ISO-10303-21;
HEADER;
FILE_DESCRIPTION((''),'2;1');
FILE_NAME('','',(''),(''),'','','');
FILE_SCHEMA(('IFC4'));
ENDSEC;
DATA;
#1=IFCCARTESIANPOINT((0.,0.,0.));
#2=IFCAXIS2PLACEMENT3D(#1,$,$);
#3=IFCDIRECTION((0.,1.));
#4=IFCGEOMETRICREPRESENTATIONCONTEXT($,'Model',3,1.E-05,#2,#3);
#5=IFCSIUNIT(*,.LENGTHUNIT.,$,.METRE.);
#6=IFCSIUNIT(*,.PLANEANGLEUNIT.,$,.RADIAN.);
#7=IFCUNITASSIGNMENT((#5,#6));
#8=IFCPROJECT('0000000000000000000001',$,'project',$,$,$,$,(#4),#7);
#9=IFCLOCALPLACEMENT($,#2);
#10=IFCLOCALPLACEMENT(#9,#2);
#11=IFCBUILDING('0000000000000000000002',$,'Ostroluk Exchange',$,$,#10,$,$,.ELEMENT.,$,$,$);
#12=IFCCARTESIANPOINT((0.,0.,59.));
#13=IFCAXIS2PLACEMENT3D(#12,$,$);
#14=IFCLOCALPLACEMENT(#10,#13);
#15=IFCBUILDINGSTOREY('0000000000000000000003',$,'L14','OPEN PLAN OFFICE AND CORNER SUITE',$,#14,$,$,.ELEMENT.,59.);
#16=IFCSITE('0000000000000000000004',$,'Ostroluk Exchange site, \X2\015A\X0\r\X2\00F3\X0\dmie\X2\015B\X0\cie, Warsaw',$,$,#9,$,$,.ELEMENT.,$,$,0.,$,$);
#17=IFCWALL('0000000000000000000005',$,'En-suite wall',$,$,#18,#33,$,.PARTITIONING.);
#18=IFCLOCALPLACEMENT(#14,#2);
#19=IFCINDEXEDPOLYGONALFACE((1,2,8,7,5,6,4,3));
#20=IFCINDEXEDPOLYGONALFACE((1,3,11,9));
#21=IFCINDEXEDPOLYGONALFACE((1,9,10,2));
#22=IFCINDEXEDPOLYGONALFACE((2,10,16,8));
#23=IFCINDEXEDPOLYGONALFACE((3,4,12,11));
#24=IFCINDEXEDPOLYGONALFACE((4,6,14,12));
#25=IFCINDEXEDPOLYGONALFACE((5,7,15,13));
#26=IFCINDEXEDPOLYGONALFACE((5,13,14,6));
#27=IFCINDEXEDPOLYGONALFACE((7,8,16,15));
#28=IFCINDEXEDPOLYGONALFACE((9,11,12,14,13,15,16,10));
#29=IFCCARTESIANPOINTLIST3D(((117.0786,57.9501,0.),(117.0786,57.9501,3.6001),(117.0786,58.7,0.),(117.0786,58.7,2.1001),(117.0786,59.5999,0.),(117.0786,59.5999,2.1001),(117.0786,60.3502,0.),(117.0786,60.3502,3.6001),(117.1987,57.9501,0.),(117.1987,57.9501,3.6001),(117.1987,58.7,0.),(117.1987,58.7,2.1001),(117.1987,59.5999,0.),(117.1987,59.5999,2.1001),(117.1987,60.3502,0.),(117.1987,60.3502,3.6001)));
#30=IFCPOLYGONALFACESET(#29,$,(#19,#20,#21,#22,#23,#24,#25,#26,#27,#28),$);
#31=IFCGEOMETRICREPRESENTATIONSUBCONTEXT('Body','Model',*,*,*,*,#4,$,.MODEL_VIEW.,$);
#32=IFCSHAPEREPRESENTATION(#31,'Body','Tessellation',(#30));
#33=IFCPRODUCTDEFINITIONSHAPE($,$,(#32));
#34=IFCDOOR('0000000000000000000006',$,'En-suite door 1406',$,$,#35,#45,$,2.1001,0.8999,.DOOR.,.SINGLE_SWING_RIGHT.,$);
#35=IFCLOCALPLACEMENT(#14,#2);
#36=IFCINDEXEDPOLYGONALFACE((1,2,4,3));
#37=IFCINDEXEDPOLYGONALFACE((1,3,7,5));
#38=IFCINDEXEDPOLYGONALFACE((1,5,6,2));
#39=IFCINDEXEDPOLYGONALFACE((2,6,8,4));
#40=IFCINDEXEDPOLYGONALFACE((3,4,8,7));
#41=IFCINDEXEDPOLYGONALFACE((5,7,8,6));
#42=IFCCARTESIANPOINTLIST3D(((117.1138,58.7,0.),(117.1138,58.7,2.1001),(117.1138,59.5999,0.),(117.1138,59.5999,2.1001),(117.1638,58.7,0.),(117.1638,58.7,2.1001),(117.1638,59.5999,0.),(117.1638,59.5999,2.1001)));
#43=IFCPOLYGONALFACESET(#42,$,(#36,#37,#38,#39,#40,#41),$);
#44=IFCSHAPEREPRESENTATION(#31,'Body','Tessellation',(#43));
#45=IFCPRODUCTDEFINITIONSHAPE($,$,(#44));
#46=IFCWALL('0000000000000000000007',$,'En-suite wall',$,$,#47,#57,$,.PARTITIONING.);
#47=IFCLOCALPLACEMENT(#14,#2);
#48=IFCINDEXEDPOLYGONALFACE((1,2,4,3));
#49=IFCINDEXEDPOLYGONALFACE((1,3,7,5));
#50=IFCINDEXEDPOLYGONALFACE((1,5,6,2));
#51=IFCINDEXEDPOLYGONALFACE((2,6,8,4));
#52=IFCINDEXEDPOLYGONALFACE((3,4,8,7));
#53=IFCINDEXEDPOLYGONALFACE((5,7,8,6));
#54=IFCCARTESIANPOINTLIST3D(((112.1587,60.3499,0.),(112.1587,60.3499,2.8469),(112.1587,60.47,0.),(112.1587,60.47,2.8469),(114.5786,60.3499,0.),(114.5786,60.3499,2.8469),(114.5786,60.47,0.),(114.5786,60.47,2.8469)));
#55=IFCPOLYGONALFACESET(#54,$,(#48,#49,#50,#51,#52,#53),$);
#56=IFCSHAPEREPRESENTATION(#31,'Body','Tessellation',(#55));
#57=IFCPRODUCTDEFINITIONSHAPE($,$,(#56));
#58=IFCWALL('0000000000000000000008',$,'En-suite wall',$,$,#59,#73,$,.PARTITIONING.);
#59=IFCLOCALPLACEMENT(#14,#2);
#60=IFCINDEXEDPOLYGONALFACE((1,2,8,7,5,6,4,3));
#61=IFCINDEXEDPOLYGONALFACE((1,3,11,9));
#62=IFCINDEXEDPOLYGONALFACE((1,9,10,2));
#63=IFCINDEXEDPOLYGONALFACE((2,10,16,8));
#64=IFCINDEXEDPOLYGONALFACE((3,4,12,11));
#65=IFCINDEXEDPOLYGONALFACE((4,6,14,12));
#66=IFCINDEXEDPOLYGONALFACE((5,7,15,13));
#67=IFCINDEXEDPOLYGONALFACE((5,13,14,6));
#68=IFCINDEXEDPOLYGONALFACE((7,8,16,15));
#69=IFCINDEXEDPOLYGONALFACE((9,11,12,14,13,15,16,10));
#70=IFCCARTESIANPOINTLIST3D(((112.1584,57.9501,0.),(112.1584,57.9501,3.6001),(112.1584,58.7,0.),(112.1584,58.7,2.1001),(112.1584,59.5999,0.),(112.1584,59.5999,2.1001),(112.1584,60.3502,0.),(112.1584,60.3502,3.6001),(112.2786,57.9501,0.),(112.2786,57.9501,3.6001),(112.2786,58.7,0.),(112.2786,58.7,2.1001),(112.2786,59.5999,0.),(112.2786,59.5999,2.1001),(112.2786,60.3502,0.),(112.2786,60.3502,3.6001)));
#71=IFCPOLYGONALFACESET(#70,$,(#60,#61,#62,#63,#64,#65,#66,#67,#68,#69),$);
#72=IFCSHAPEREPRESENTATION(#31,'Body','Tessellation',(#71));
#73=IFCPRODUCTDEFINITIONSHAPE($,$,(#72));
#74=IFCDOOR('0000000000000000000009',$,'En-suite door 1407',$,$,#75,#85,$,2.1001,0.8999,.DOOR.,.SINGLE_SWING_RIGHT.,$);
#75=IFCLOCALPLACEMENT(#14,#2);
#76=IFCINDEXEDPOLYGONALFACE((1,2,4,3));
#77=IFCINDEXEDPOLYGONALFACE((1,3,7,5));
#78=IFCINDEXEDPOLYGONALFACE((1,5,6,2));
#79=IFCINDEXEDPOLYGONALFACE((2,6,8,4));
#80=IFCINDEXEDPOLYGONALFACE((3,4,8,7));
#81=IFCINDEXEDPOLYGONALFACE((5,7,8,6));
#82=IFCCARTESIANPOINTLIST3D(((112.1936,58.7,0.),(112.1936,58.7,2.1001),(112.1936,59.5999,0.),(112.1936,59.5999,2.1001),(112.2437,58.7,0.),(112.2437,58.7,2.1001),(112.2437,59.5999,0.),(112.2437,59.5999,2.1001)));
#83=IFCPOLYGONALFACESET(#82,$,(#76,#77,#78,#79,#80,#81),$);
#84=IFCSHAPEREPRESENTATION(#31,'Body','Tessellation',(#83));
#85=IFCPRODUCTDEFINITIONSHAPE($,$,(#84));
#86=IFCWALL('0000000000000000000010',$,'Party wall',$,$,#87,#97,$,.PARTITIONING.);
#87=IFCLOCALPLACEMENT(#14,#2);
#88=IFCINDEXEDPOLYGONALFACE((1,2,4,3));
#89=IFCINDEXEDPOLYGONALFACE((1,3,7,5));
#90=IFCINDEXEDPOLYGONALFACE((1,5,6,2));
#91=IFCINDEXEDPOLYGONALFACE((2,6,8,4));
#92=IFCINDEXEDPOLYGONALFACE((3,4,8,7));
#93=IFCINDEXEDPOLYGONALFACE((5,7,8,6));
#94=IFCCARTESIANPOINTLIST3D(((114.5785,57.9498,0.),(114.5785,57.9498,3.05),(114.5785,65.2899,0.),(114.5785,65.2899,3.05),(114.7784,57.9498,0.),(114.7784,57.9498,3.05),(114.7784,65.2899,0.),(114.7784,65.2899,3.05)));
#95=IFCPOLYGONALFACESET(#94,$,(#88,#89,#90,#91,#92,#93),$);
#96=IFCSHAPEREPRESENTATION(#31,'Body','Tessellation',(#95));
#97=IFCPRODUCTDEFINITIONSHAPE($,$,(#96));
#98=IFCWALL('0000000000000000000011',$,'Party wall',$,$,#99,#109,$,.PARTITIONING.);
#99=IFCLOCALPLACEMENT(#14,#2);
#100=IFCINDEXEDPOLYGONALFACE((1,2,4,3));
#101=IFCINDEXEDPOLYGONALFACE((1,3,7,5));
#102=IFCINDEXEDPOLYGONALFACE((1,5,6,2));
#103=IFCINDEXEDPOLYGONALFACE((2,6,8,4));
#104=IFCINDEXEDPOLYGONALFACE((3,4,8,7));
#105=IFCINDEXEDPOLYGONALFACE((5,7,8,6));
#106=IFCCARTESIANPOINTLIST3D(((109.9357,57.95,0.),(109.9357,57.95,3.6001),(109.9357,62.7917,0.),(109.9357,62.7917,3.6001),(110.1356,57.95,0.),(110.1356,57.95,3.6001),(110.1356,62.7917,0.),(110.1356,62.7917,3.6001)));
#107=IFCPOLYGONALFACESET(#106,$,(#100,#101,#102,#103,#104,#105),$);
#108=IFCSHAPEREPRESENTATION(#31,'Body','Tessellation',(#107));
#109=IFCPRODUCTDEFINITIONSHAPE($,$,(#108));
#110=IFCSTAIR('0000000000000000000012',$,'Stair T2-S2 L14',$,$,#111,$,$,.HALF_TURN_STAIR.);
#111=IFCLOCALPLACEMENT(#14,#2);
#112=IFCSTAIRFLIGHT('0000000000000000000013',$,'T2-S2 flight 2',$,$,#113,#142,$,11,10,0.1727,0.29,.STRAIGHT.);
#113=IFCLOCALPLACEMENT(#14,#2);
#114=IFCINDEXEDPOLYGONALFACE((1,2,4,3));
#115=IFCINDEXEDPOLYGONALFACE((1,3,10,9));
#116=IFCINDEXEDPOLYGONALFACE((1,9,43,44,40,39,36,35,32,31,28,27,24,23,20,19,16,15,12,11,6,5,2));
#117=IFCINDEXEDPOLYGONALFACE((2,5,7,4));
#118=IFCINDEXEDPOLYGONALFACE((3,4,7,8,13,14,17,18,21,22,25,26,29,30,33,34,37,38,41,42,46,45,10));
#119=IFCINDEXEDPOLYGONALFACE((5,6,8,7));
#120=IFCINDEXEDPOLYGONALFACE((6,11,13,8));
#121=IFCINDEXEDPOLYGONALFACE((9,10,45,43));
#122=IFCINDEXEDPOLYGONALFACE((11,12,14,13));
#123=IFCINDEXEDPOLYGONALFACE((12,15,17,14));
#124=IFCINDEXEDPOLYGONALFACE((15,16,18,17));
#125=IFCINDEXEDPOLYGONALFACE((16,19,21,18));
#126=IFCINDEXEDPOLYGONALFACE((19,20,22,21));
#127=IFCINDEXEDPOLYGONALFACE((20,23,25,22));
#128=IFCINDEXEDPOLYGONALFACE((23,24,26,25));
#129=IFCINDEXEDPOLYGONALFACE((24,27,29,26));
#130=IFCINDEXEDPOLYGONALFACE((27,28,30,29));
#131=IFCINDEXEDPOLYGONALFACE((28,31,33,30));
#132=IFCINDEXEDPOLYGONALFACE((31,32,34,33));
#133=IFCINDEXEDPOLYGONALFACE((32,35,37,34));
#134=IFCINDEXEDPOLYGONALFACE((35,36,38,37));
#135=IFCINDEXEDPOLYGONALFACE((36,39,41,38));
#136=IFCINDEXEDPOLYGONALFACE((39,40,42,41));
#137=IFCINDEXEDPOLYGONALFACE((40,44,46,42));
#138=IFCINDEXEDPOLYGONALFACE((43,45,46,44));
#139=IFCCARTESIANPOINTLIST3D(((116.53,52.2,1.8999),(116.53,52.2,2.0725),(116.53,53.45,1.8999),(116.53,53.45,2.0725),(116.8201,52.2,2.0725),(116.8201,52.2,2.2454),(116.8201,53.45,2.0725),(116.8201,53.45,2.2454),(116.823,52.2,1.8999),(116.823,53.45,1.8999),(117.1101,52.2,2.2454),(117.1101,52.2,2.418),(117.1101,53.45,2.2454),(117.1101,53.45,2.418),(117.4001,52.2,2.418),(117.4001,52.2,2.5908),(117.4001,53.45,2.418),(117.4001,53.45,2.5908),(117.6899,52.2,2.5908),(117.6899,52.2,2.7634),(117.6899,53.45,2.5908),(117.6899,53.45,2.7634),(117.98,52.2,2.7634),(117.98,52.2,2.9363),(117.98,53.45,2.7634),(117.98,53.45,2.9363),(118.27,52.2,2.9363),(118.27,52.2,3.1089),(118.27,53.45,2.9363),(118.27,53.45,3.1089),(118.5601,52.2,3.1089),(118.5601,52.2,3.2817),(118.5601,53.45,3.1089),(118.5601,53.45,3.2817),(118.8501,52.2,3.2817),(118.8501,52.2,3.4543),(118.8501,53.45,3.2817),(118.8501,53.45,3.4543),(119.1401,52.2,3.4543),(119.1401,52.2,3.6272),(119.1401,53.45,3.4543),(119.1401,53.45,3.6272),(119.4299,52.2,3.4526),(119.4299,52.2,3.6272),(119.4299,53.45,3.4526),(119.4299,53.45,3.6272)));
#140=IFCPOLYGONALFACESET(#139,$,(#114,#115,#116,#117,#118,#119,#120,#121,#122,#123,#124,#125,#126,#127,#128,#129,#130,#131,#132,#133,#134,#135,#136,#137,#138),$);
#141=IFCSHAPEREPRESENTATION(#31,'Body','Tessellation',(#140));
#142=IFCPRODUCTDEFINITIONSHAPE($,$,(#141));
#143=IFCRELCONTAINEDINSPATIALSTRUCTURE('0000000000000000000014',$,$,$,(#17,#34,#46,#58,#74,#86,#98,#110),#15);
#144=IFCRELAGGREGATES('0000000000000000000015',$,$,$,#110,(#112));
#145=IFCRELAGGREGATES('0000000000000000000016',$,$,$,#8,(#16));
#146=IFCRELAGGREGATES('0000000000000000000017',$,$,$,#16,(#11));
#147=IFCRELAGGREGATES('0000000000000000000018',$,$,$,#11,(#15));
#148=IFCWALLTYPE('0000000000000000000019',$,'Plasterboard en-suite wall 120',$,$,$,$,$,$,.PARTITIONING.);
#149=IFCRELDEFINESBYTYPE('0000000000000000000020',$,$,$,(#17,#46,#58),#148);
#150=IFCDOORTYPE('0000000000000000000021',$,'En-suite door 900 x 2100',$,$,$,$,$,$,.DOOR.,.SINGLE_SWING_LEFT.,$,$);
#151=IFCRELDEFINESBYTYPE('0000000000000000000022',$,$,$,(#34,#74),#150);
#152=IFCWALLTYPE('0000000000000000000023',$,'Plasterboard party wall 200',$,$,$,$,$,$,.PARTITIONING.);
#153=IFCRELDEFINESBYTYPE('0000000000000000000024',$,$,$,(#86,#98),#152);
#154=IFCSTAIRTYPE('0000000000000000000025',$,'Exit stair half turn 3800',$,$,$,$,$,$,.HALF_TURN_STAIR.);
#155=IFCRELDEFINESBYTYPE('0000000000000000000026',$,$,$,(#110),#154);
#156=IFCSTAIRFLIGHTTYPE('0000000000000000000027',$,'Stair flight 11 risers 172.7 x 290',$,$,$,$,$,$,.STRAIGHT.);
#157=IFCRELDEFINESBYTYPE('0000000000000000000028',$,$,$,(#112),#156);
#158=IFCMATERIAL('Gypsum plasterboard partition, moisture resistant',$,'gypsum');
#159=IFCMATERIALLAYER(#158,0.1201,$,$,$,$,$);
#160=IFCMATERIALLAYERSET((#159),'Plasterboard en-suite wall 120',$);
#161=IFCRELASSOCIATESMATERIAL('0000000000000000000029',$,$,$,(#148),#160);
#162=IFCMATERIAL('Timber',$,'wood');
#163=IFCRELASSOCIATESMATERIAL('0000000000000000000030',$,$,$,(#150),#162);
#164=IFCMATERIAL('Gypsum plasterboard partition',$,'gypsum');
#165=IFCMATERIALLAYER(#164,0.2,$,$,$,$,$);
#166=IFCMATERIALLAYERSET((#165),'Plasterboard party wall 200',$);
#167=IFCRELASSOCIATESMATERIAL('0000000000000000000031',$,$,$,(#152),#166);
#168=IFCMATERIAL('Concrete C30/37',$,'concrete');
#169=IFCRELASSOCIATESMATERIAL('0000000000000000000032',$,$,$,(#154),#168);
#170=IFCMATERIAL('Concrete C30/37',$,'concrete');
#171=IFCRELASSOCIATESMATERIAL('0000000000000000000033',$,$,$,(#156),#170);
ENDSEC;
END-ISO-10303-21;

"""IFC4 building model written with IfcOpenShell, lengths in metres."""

from ifc_helpers import new_model, si_unit, direction, frame, frame_2d, origin, place, context, subcontext, project, spatial, polyline, rectangle, outline, extrude, material, layer, layer_set, type_object, element, fill, aggregate, save


model = new_model("IFC4")

# Units and contexts
model_context = context("Model", 3, precision=1e-05, world=origin(), true_north=direction((0.0, 1.0)))
body_context = subcontext(model_context, "Body", "Model", "MODEL_VIEW")
ifc_project = project(units=[si_unit("LENGTHUNIT", "METRE"), si_unit("PLANEANGLEUNIT", "RADIAN")], contexts=[model_context])

# Site, building, storey
site_placement = place(None, origin())
site = spatial("IfcSite", under=ifc_project, at=site_placement, Name="Ostroluk Exchange site, Śródmieście, Warsaw", CompositionType="ELEMENT", RefElevation=0.0)
building_placement = place(site_placement, origin())
building = spatial("IfcBuilding", under=site, at=building_placement, Name="Ostroluk Exchange", CompositionType="ELEMENT")
storey_placement = place(building_placement, frame((0.0, 0.0, 59.0)))
storey = spatial("IfcBuildingStorey", under=building, at=storey_placement, Name="L14", Description="OPEN PLAN OFFICE AND CORNER SUITE", CompositionType="ELEMENT", Elevation=59.0)

# Wall, opening, door
ifc_material_1 = material(Name="Gypsum plasterboard partition, moisture resistant", Category="gypsum")
ifc_layer_1 = layer(ifc_material_1, 0.1201)
ifc_layer_set_1 = layer_set([ifc_layer_1], Name="Plasterboard en-suite wall 120")
wall_type_1 = type_object("IfcWallType", Name="Plasterboard en-suite wall 120", PredefinedType="PARTITIONING", material=ifc_layer_set_1)
wall_1_placement = place(storey_placement, frame((117.1387, 57.95, 0.0), z_axis=(0.0, 0.0, 1.0), x_axis=(0.0, 1.0, 0.0)))
wall_1 = element("IfcWall", 1, at=wall_1_placement, inside=storey, type_object=wall_type_1, Name="En-suite wall", PredefinedType="PARTITIONING", context=body_context, shape_type="SweptSolid", body=[
    extrude(rectangle(XDim=2.4001, YDim=0.1201, at=frame_2d((1.2002, 0.0))), origin(), (0.0, 0.0, 1.0), 3.6001),
])
opening_1_placement = place(wall_1_placement, frame((0.75, 0.0, 0.0)))
opening_1 = element("IfcOpeningElement", 2, at=opening_1_placement, cuts=wall_1, PredefinedType="OPENING", context=body_context, shape_type="SweptSolid", body=[
    extrude(rectangle(XDim=0.8999, YDim=2.1001, at=frame_2d((0.45, 1.05))), frame((0.0, 0.0701, 0.0), z_axis=(0.0, -1.0, 0.0), x_axis=(1.0, 0.0, 0.0)), (0.0, 0.0, 1.0), 0.1401),
])
ifc_material_2 = material(Name="Timber", Category="wood")
door_type_1 = type_object("IfcDoorType", Name="En-suite door 900 x 2100", OperationType="SINGLE_SWING_LEFT", PredefinedType="DOOR", material=ifc_material_2)
door_1_placement = place(opening_1_placement, origin())
door_1 = element("IfcDoor", 3, at=door_1_placement, inside=storey, type_object=door_type_1, Name="En-suite door 1406", OperationType="SINGLE_SWING_RIGHT", OverallHeight=2.1001, OverallWidth=0.8999, PredefinedType="DOOR", context=body_context, shape_type="SweptSolid", body=[
    extrude(rectangle(XDim=0.8999, YDim=2.1001, at=frame_2d((0.45, 1.05))), frame((0.0, 0.0249, 0.0), z_axis=(0.0, -1.0, 0.0), x_axis=(1.0, 0.0, 0.0)), (0.0, 0.0, 1.0), 0.05),
])
fill(opening_1, door_1)

# Wall
wall_2_placement = place(storey_placement, frame((114.5786, 60.4099, 0.0), z_axis=(0.0, 0.0, 1.0), x_axis=(-1.0, 0.0, 0.0)))
element("IfcWall", 4, at=wall_2_placement, inside=storey, type_object=wall_type_1, Name="En-suite wall", PredefinedType="PARTITIONING", context=body_context, shape_type="SweptSolid", body=[
    extrude(rectangle(XDim=2.4199, YDim=0.1201, at=frame_2d((1.21, 0.0))), origin(), (0.0, 0.0, 1.0), 2.8469),
])

# Wall, opening, door
wall_3_placement = place(storey_placement, frame((112.2185, 57.95, 0.0), z_axis=(0.0, 0.0, 1.0), x_axis=(0.0, 1.0, 0.0)))
wall_3 = element("IfcWall", 5, at=wall_3_placement, inside=storey, type_object=wall_type_1, Name="En-suite wall", PredefinedType="PARTITIONING", context=body_context, shape_type="SweptSolid", body=[
    extrude(rectangle(XDim=2.4001, YDim=0.1201, at=frame_2d((1.2002, 0.0))), origin(), (0.0, 0.0, 1.0), 3.6001),
])
opening_2_placement = place(wall_3_placement, frame((0.75, 0.0, 0.0)))
opening_2 = element("IfcOpeningElement", 6, at=opening_2_placement, cuts=wall_3, PredefinedType="OPENING", context=body_context, shape_type="SweptSolid", body=[
    extrude(rectangle(XDim=0.8999, YDim=2.1001, at=frame_2d((0.45, 1.05))), frame((0.0, 0.0701, 0.0), z_axis=(0.0, -1.0, 0.0), x_axis=(1.0, 0.0, 0.0)), (0.0, 0.0, 1.0), 0.1401),
])
door_2_placement = place(opening_2_placement, origin())
door_2 = element("IfcDoor", 7, at=door_2_placement, inside=storey, type_object=door_type_1, Name="En-suite door 1407", OperationType="SINGLE_SWING_RIGHT", OverallHeight=2.1001, OverallWidth=0.8999, PredefinedType="DOOR", context=body_context, shape_type="SweptSolid", body=[
    extrude(rectangle(XDim=0.8999, YDim=2.1001, at=frame_2d((0.45, 1.05))), frame((0.0, 0.0249, 0.0), z_axis=(0.0, -1.0, 0.0), x_axis=(1.0, 0.0, 0.0)), (0.0, 0.0, 1.0), 0.05),
])
fill(opening_2, door_2)

# Walls
ifc_material_3 = material(Name="Gypsum plasterboard partition", Category="gypsum")
ifc_layer_2 = layer(ifc_material_3, 0.2)
ifc_layer_set_2 = layer_set([ifc_layer_2], Name="Plasterboard party wall 200")
wall_type_2 = type_object("IfcWallType", Name="Plasterboard party wall 200", PredefinedType="PARTITIONING", material=ifc_layer_set_2)
wall_4_placement = place(storey_placement, frame((114.6785, 57.95, 0.0), z_axis=(0.0, 0.0, 1.0), x_axis=(0.0, 1.0, 0.0)))
element("IfcWall", 8, at=wall_4_placement, inside=storey, type_object=wall_type_2, Name="Party wall", PredefinedType="PARTITIONING", context=body_context, shape_type="SweptSolid", body=[
    extrude(rectangle(XDim=7.3401, YDim=0.2, at=frame_2d((3.6699, 0.0))), origin(), (0.0, 0.0, 1.0), 3.05),
])
wall_5_placement = place(storey_placement, frame((110.0356, 57.95, 0.0), z_axis=(0.0, 0.0, 1.0), x_axis=(0.0, 1.0, 0.0)))
element("IfcWall", 9, at=wall_5_placement, inside=storey, type_object=wall_type_2, Name="Party wall", PredefinedType="PARTITIONING", context=body_context, shape_type="SweptSolid", body=[
    extrude(rectangle(XDim=4.8418, YDim=0.2, at=frame_2d((2.4209, 0.0))), origin(), (0.0, 0.0, 1.0), 3.6001),
])

# Stair, stair flight
ifc_material_4 = material(Name="Concrete C30/37", Category="concrete")
stair_type = type_object("IfcStairType", Name="Exit stair half turn 3800", PredefinedType="HALF_TURN_STAIR", material=ifc_material_4)
stair_placement = place(storey_placement, origin())
stair = element("IfcStair", 10, at=stair_placement, inside=storey, type_object=stair_type, Name="Stair T2-S2 L14", PredefinedType="HALF_TURN_STAIR")
ifc_material_5 = material(Name="Concrete C30/37", Category="concrete")
stair_flight_type = type_object("IfcStairFlightType", Name="Stair flight 11 risers 172.7 x 290", PredefinedType="STRAIGHT", material=ifc_material_5)
stair_flight_placement = place(storey_placement, frame((116.53, 52.825, 1.8999), z_axis=(0.0, 0.0, 1.0), x_axis=(1.0, 0.0, 0.0)))
stair_flight = element("IfcStairFlight", 11, at=stair_flight_placement, type_object=stair_flight_type, Name="T2-S2 flight 2", NumberOfRisers=11, NumberOfTreads=10, PredefinedType="STRAIGHT", RiserHeight=0.1727, TreadLength=0.29, context=body_context, shape_type="SweptSolid", body=[
    extrude(outline(polyline([(0.0, 0.0), (0.0, 0.1726), (0.29, 0.1726), (0.29, 0.3455), (0.5801, 0.3455), (0.5801, 0.5181), (0.8701, 0.5181), (0.8701, 0.6909), (1.1599, 0.6909), (1.1599, 0.8635), (1.45, 0.8635), (1.45, 1.0364), (1.74, 1.0364), (1.74, 1.209), (2.03, 1.209), (2.03, 1.3818), (2.3201, 1.3818), (2.3201, 1.5544), (2.6101, 1.5544), (2.6101, 1.7273), (2.8999, 1.7273), (2.8999, 1.8999), (2.8999, 1.5527), (0.293, 0.0), (0.0, 0.0)])), frame((0.0, 0.625, 0.0), z_axis=(0.0, -1.0, 0.0), x_axis=(1.0, 0.0, 0.0)), (0.0, 0.0, 1.0), 1.25),
])
aggregate(stair, [stair_flight])

save(model, "model.ifc")
